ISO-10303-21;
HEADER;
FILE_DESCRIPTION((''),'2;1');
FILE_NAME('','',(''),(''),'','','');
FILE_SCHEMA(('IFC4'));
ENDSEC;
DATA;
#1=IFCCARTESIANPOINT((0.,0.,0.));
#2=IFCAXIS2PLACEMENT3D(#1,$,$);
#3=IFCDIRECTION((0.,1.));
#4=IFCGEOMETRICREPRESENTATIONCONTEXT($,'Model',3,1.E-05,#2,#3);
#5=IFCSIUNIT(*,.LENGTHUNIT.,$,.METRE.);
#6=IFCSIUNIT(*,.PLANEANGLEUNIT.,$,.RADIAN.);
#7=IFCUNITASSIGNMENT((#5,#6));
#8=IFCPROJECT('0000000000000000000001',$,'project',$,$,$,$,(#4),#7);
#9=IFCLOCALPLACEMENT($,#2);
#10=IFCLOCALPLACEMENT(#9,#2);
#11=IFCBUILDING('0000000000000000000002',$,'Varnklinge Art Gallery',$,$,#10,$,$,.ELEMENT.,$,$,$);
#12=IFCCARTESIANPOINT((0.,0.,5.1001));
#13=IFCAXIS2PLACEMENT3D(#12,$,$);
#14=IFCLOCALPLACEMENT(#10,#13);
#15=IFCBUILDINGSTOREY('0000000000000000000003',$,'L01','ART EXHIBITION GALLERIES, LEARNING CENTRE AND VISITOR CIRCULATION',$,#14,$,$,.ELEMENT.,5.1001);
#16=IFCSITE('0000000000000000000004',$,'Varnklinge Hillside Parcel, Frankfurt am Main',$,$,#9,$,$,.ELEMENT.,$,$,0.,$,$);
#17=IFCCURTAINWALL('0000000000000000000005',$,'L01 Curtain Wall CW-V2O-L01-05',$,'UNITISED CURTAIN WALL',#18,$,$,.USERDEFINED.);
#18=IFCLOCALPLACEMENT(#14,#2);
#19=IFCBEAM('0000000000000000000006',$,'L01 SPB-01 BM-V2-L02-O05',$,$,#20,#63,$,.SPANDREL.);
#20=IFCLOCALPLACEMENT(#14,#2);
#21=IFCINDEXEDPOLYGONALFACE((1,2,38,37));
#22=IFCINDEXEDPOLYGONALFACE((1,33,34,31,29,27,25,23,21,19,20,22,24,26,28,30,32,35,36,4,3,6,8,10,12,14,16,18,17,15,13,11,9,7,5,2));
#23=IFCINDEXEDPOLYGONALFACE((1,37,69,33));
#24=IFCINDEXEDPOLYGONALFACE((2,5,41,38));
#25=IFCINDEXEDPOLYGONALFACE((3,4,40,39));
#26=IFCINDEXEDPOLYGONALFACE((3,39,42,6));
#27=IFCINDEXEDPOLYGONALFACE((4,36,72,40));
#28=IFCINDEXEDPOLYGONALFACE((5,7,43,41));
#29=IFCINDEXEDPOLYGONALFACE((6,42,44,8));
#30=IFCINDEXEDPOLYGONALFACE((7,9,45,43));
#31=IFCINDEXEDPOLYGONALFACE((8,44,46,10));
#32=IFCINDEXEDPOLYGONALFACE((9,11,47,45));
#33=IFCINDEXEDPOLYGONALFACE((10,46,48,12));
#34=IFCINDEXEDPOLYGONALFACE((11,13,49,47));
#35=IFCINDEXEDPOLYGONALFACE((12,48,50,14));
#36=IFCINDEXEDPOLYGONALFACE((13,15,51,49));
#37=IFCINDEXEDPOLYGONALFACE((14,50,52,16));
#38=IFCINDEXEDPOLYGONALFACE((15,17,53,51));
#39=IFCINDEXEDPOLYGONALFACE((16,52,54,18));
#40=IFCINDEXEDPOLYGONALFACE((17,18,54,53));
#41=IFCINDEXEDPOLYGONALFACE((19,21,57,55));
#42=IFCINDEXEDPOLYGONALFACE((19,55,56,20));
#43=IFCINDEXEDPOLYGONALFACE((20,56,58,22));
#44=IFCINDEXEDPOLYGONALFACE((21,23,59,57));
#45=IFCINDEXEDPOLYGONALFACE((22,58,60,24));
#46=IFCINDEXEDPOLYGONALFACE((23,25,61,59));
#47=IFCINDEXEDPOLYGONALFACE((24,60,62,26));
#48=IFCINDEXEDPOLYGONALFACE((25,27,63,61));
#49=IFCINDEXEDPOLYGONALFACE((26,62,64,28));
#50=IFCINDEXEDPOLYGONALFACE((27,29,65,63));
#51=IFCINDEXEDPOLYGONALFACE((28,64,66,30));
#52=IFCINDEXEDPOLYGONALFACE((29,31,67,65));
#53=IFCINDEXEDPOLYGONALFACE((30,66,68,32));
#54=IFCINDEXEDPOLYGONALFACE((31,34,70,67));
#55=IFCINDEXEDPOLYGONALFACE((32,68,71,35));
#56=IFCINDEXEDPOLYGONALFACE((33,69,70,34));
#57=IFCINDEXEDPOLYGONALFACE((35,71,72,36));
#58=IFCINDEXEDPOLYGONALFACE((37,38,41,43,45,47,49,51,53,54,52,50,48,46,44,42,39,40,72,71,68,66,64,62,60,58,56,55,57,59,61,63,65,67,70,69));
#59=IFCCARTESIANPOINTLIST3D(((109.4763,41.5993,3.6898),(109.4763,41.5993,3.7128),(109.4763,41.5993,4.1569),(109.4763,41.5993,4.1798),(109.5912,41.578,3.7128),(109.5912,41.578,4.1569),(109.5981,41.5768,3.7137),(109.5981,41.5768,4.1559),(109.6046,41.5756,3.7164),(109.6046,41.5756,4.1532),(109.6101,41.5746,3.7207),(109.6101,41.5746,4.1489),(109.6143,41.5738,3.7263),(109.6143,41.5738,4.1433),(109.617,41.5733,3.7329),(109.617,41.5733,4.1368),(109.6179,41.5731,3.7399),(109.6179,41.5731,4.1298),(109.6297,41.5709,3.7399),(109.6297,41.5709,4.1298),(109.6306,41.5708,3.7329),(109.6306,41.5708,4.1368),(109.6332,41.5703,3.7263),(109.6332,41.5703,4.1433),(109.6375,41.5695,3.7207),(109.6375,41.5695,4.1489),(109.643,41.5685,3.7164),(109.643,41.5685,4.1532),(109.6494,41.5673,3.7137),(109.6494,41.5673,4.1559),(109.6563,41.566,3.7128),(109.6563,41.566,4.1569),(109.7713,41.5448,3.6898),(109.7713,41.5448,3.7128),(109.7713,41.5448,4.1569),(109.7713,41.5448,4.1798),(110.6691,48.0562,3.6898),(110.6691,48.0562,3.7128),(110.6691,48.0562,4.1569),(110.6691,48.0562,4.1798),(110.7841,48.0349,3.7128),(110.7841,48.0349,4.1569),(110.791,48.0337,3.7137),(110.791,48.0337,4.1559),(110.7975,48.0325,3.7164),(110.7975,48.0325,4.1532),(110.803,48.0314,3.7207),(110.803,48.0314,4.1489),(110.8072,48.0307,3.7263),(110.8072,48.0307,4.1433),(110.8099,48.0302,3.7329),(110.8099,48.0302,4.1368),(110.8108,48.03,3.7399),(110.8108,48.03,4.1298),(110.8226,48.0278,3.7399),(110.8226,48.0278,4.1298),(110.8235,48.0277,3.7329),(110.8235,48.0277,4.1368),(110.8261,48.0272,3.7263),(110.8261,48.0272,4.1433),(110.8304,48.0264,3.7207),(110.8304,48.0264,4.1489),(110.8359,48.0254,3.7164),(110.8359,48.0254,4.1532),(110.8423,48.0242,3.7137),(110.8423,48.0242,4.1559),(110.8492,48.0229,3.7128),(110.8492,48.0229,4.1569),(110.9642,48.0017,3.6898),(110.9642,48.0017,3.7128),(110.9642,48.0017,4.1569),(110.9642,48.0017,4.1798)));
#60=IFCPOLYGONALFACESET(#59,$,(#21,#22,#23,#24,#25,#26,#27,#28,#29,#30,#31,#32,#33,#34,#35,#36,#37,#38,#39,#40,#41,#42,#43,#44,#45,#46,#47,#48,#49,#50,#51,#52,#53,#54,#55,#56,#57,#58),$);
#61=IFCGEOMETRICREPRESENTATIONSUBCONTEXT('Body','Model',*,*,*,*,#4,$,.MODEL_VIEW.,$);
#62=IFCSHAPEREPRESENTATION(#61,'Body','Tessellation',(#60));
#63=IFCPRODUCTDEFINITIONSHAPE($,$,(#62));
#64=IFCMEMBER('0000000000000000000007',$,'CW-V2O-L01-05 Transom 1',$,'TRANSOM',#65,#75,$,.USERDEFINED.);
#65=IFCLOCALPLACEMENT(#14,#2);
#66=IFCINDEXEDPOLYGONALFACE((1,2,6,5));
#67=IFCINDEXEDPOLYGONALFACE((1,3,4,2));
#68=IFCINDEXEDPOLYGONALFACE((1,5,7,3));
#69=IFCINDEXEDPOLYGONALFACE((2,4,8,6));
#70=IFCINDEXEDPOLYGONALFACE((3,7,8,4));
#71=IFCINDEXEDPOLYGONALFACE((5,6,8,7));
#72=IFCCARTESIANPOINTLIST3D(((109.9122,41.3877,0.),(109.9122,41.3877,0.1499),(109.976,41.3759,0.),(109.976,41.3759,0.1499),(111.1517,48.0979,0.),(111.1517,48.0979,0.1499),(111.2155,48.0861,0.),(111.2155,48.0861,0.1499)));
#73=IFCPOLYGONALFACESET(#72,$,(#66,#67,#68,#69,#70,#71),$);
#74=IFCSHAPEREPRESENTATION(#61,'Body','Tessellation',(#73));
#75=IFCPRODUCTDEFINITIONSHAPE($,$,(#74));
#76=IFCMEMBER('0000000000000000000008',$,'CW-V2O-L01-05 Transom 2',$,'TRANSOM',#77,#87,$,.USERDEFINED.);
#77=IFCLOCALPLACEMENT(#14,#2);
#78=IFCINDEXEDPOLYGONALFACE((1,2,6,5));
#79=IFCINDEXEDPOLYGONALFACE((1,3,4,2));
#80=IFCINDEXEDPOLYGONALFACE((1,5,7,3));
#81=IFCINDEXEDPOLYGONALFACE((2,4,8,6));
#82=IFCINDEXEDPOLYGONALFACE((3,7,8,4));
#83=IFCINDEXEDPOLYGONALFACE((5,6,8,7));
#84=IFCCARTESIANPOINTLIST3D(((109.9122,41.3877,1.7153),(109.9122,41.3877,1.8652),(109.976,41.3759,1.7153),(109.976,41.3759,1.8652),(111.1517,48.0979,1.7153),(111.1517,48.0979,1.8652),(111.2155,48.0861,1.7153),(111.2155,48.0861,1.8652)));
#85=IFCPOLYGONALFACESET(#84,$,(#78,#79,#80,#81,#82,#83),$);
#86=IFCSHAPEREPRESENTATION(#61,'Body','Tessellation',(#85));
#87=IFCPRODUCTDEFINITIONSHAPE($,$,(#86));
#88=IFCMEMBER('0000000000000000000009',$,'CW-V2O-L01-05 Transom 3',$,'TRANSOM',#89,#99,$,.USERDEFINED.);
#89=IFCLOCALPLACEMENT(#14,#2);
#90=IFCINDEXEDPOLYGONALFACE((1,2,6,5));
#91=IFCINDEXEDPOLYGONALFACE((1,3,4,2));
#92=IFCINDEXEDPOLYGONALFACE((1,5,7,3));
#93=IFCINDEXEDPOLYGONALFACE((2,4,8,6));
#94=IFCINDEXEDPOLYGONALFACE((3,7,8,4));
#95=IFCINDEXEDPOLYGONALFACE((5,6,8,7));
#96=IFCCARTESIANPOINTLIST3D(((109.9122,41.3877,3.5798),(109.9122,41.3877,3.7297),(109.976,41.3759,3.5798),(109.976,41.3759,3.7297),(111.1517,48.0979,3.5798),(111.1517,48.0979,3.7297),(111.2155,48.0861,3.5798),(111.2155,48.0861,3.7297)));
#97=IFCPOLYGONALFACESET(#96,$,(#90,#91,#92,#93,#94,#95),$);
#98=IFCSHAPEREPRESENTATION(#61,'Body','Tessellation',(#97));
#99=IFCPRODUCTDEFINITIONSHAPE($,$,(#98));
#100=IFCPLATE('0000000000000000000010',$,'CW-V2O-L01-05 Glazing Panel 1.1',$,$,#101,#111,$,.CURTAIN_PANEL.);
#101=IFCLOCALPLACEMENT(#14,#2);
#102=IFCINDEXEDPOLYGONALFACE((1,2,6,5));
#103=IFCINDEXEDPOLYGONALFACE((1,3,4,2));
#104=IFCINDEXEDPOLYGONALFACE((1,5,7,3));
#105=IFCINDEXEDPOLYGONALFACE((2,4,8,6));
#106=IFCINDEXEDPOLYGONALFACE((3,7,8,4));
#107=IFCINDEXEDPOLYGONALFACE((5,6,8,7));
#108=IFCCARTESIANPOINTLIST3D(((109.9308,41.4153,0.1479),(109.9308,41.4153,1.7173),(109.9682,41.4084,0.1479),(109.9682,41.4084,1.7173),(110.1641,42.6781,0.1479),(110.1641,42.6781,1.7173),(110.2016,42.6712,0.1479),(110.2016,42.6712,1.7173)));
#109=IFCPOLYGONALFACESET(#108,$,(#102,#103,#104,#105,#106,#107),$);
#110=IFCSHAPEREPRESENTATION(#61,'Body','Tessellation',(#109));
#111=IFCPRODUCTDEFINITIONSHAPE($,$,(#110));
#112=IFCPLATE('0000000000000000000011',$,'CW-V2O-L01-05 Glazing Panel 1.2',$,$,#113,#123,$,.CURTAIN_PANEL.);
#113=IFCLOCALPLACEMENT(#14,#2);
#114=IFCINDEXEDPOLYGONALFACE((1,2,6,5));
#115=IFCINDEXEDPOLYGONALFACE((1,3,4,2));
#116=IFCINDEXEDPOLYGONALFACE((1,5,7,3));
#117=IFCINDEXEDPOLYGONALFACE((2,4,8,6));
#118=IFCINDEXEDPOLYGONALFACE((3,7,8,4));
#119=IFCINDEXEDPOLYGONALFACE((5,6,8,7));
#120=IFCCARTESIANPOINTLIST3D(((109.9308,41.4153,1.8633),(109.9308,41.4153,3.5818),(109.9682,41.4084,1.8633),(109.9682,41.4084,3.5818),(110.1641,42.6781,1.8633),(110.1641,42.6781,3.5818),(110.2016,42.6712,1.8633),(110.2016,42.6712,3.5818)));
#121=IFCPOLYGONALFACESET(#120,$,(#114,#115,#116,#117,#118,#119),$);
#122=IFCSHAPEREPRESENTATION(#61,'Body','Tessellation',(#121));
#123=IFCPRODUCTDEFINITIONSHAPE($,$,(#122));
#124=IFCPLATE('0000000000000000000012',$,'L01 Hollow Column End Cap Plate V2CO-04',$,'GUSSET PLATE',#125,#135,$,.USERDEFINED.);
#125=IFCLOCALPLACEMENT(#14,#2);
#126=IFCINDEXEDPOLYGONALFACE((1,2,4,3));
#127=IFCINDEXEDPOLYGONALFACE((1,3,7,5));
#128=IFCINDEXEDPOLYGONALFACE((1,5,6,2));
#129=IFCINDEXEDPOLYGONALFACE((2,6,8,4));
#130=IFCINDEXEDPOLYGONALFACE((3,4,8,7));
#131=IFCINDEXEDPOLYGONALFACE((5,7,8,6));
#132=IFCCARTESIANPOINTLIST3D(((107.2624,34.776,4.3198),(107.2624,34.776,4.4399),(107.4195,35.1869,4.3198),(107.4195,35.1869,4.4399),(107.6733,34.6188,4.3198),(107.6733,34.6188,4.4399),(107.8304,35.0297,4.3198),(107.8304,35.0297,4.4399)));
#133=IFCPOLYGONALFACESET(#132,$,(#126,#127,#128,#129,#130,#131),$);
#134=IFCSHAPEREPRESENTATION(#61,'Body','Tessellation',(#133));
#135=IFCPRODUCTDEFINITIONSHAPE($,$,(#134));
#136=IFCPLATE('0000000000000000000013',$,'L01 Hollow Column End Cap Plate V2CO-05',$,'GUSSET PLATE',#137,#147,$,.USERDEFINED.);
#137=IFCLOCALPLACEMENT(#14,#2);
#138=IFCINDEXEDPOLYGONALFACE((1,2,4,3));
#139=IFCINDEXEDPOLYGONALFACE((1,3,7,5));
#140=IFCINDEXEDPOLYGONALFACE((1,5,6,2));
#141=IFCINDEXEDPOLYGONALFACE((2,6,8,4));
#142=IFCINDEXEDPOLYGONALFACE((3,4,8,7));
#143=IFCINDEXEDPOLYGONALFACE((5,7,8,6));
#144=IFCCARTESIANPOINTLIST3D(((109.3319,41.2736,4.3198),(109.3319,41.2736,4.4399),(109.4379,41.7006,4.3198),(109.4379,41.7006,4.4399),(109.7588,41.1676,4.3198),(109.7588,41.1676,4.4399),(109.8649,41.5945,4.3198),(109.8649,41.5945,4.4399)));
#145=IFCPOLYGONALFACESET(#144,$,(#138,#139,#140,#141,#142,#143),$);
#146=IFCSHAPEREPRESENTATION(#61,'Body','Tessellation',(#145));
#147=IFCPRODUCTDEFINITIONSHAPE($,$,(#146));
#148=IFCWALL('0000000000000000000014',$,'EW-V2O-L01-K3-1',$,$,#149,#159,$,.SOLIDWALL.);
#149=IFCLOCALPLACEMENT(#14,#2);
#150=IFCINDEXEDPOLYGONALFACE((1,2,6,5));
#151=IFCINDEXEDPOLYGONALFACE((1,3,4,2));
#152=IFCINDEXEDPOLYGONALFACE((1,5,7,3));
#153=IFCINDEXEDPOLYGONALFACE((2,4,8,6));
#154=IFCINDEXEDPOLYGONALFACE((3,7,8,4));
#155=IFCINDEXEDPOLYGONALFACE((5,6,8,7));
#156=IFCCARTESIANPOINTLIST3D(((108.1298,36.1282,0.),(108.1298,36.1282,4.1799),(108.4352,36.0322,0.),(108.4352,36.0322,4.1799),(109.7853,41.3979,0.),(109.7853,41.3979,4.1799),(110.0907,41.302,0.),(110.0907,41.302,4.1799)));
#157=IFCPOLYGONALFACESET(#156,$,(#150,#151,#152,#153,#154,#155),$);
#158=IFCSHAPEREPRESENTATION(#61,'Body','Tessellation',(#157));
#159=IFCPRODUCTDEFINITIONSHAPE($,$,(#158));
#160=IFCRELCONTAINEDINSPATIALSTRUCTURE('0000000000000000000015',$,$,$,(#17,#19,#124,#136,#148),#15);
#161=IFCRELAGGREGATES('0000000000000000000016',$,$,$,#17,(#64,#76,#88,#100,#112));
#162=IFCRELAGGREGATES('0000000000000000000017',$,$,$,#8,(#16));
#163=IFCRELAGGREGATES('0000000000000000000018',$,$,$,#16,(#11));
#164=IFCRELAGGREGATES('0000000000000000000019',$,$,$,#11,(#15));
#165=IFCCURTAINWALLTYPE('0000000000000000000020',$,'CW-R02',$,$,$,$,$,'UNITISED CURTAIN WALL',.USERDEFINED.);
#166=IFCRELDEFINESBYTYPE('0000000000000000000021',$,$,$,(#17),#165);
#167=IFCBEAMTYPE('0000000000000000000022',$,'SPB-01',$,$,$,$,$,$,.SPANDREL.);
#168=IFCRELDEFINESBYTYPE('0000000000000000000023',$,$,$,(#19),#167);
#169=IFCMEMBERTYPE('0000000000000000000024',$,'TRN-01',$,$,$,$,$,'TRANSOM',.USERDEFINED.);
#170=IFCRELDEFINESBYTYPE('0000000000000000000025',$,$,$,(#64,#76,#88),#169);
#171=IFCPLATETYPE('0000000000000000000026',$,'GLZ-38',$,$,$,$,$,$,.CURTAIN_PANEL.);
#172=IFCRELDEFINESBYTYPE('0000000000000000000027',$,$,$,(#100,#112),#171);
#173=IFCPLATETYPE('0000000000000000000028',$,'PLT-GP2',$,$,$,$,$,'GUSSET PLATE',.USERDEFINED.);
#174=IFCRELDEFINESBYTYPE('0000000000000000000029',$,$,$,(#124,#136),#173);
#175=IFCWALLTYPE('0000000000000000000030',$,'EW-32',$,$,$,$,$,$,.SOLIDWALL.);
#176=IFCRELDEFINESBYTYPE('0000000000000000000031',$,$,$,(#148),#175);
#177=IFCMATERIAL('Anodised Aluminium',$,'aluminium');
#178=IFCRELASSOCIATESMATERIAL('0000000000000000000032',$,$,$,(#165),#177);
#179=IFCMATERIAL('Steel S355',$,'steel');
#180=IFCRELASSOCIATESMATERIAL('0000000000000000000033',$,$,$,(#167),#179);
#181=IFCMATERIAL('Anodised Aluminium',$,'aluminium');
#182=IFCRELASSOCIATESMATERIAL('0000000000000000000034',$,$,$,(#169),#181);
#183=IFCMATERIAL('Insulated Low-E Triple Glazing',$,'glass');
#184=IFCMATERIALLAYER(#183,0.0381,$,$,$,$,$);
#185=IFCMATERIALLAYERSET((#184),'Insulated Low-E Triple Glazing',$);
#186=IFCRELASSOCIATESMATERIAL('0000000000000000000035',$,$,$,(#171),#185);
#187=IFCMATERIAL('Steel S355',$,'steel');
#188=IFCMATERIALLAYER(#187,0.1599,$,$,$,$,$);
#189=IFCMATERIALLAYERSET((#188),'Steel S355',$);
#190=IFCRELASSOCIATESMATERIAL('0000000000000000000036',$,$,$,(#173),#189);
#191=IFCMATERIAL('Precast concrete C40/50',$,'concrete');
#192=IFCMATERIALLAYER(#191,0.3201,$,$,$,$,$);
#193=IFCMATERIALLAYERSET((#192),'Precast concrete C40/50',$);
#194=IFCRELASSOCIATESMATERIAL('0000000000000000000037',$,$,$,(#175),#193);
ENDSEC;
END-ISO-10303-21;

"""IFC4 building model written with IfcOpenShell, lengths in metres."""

from ifc_helpers import new_model, si_unit, direction, frame, frame_2d, origin, origin_2d, place, context, subcontext, project, spatial, rectangle, i_section, extrude, material, layer, layer_set, material_profile, profile_set, type_object, element, aggregate, save


model = new_model("IFC4")

# Units and contexts
model_context = context("Model", 3, precision=1e-05, world=origin(), true_north=direction((0.0, 1.0)))
body_context = subcontext(model_context, "Body", "Model", "MODEL_VIEW")
ifc_project = project(units=[si_unit("LENGTHUNIT", "METRE"), si_unit("PLANEANGLEUNIT", "RADIAN")], contexts=[model_context])

# Site, building, storey
site_placement = place(None, origin())
site = spatial("IfcSite", under=ifc_project, at=site_placement, Name="Varnklinge Hillside Parcel, Frankfurt am Main", CompositionType="ELEMENT", RefElevation=0.0)
building_placement = place(site_placement, origin())
building = spatial("IfcBuilding", under=site, at=building_placement, Name="Varnklinge Art Gallery", CompositionType="ELEMENT")
storey_placement = place(building_placement, frame((0.0, 0.0, 5.1001)))
storey = spatial("IfcBuildingStorey", under=building, at=storey_placement, Name="L01", Description="ART EXHIBITION GALLERIES, LEARNING CENTRE AND VISITOR CIRCULATION", CompositionType="ELEMENT", Elevation=5.1001)

# Curtain wall
ifc_material_1 = material(Name="Anodised Aluminium", Category="aluminium")
curtain_wall_type = type_object("IfcCurtainWallType", Name="CW-R02", ElementType="UNITISED CURTAIN WALL", PredefinedType="USERDEFINED", material=ifc_material_1)
curtain_wall_placement = place(storey_placement, origin())
curtain_wall = element("IfcCurtainWall", 1, at=curtain_wall_placement, inside=storey, type_object=curtain_wall_type, Name="L01 Curtain Wall CW-V2O-L01-05", ObjectType="UNITISED CURTAIN WALL", PredefinedType="USERDEFINED")

# Beam
ifc_material_2 = material(Name="Steel S355", Category="steel")
ifc_material_profile_1 = material_profile(ifc_material_2, i_section(OverallWidth=0.3, OverallDepth=0.49, WebThickness=0.012, FlangeThickness=0.0229, FilletRadius=0.0271, at=origin_2d()), Name="HEA 500")
ifc_profile_set_1 = profile_set([ifc_material_profile_1], Name="Steel S355")
beam_type_1 = type_object("IfcBeamType", Name="SPB-01", PredefinedType="SPANDREL", material=ifc_profile_set_1)
beam_1_placement = place(storey_placement, frame((109.6238, 41.572, 3.9348), z_axis=(0.181672, 0.983359, 0.0), x_axis=(-0.983359, 0.181672, 0.0)))
element("IfcBeam", 2, at=beam_1_placement, inside=storey, type_object=beam_type_1, Name="L01 SPB-01 BM-V2-L02-O05", PredefinedType="SPANDREL", context=body_context, shape_type="SweptSolid", body=[
    extrude(i_section(OverallWidth=0.3, OverallDepth=0.49, WebThickness=0.012, FlangeThickness=0.0229, FilletRadius=0.0271, at=origin_2d()), origin(), (0.0, 0.0, 1.0), 6.5662),
])

# Members
ifc_material_3 = material(Name="Anodised Aluminium", Category="aluminium")
ifc_material_profile_2 = material_profile(ifc_material_3, rectangle(XDim=0.0649, YDim=0.1499, at=origin_2d()), Name="ALU 65x150")
ifc_profile_set_2 = profile_set([ifc_material_profile_2], Name="Anodised Aluminium")
member_type_1 = type_object("IfcMemberType", Name="TRN-01", ElementType="TRANSOM", PredefinedType="USERDEFINED", material=ifc_profile_set_2)
member_1_placement = place(storey_placement, frame((109.9441, 41.3818, 0.075), z_axis=(0.181646, 0.983364, 0.0), x_axis=(-0.983364, 0.181646, 0.0)))
member_1 = element("IfcMember", 3, at=member_1_placement, type_object=member_type_1, Name="CW-V2O-L01-05 Transom 1", ObjectType="TRANSOM", PredefinedType="USERDEFINED", context=body_context, shape_type="SweptSolid", body=[
    extrude(rectangle(XDim=0.0649, YDim=0.1499, at=origin_2d()), origin(), (0.0, 0.0, 1.0), 6.8237),
])
member_2_placement = place(storey_placement, frame((109.9441, 41.3818, 1.7903), z_axis=(0.181646, 0.983364, 0.0), x_axis=(-0.983364, 0.181646, 0.0)))
member_2 = element("IfcMember", 4, at=member_2_placement, type_object=member_type_1, Name="CW-V2O-L01-05 Transom 2", ObjectType="TRANSOM", PredefinedType="USERDEFINED", context=body_context, shape_type="SweptSolid", body=[
    extrude(rectangle(XDim=0.0649, YDim=0.1499, at=origin_2d()), origin(), (0.0, 0.0, 1.0), 6.8237),
])
member_3_placement = place(storey_placement, frame((109.9441, 41.3818, 3.6548), z_axis=(0.181646, 0.983364, 0.0), x_axis=(-0.983364, 0.181646, 0.0)))
member_3 = element("IfcMember", 5, at=member_3_placement, type_object=member_type_1, Name="CW-V2O-L01-05 Transom 3", ObjectType="TRANSOM", PredefinedType="USERDEFINED", context=body_context, shape_type="SweptSolid", body=[
    extrude(rectangle(XDim=0.0649, YDim=0.1499, at=origin_2d()), origin(), (0.0, 0.0, 1.0), 6.8237),
])

# Plates
ifc_material_4 = material(Name="Insulated Low-E Triple Glazing", Category="glass")
ifc_layer_1 = layer(ifc_material_4, 0.0381)
ifc_layer_set_1 = layer_set([ifc_layer_1], Name="Insulated Low-E Triple Glazing")
plate_type_1 = type_object("IfcPlateType", Name="GLZ-38", PredefinedType="CURTAIN_PANEL", material=ifc_layer_set_1)
plate_1_placement = place(storey_placement, frame((110.0662, 42.0432, 0.1479), z_axis=(0.0, 0.0, 1.0), x_axis=(0.181721, 0.98335, 0.0)))
plate_1 = element("IfcPlate", 6, at=plate_1_placement, type_object=plate_type_1, Name="CW-V2O-L01-05 Glazing Panel 1.1", PredefinedType="CURTAIN_PANEL", context=body_context, shape_type="SweptSolid", body=[
    extrude(rectangle(XDim=1.2842, YDim=0.0381, at=origin_2d()), origin(), (0.0, 0.0, 1.0), 1.5693),
])
plate_2_placement = place(storey_placement, frame((110.0662, 42.0432, 1.8633), z_axis=(0.0, 0.0, 1.0), x_axis=(0.181721, 0.98335, 0.0)))
plate_2 = element("IfcPlate", 7, at=plate_2_placement, type_object=plate_type_1, Name="CW-V2O-L01-05 Glazing Panel 1.2", PredefinedType="CURTAIN_PANEL", context=body_context, shape_type="SweptSolid", body=[
    extrude(rectangle(XDim=1.2842, YDim=0.0381, at=origin_2d()), origin(), (0.0, 0.0, 1.0), 1.7185),
])
aggregate(curtain_wall, [member_1, member_2, member_3, plate_1, plate_2])

# Plates
ifc_material_5 = material(Name="Steel S355", Category="steel")
ifc_layer_2 = layer(ifc_material_5, 0.1599)
ifc_layer_set_2 = layer_set([ifc_layer_2], Name="Steel S355")
plate_type_2 = type_object("IfcPlateType", Name="PLT-GP2", ElementType="GUSSET PLATE", PredefinedType="USERDEFINED", material=ifc_layer_set_2)
for number, where, z_axis, x_axis, name in (
    (8, (107.5464, 34.9028, 4.3198), (0.0, 0.0, 1.0), (-0.934018, 0.357227, 0.0), "L01 Hollow Column End Cap Plate V2CO-04"),
    (9, (109.5984, 41.4341, 4.3198), (0.0, 0.0, 1.0), (-0.970506, 0.241075, 0.0), "L01 Hollow Column End Cap Plate V2CO-05"),
):
    element("IfcPlate", number, at=place(storey_placement, frame(where, z_axis=z_axis, x_axis=x_axis)), inside=storey, type_object=plate_type_2, Name=name, ObjectType="GUSSET PLATE", PredefinedType="USERDEFINED", context=body_context, shape_type="SweptSolid", body=[
        extrude(rectangle(XDim=0.4399, YDim=0.4399, at=origin_2d()), origin(), (0.0, 0.0, 1.0), 0.1201),
    ])

# Wall
ifc_material_6 = material(Name="Precast concrete C40/50", Category="concrete")
ifc_layer_3 = layer(ifc_material_6, 0.3201)
ifc_layer_set_3 = layer_set([ifc_layer_3], Name="Precast concrete C40/50")
wall_type_1 = type_object("IfcWallType", Name="EW-32", PredefinedType="SOLIDWALL", material=ifc_layer_set_3)
wall_1_placement = place(storey_placement, frame((109.938, 41.3499, 0.0), z_axis=(0.0, 0.0, 1.0), x_axis=(-0.299712, -0.95403, 0.0)))
element("IfcWall", 10, at=wall_1_placement, inside=storey, type_object=wall_type_1, Name="EW-V2O-L01-K3-1", PredefinedType="SOLIDWALL", context=body_context, shape_type="SweptSolid", body=[
    extrude(rectangle(XDim=5.5237, YDim=0.3201, at=frame_2d((2.7617, 0.0))), origin(), (0.0, 0.0, 1.0), 4.1799),
])

save(model, "model.ifc")
